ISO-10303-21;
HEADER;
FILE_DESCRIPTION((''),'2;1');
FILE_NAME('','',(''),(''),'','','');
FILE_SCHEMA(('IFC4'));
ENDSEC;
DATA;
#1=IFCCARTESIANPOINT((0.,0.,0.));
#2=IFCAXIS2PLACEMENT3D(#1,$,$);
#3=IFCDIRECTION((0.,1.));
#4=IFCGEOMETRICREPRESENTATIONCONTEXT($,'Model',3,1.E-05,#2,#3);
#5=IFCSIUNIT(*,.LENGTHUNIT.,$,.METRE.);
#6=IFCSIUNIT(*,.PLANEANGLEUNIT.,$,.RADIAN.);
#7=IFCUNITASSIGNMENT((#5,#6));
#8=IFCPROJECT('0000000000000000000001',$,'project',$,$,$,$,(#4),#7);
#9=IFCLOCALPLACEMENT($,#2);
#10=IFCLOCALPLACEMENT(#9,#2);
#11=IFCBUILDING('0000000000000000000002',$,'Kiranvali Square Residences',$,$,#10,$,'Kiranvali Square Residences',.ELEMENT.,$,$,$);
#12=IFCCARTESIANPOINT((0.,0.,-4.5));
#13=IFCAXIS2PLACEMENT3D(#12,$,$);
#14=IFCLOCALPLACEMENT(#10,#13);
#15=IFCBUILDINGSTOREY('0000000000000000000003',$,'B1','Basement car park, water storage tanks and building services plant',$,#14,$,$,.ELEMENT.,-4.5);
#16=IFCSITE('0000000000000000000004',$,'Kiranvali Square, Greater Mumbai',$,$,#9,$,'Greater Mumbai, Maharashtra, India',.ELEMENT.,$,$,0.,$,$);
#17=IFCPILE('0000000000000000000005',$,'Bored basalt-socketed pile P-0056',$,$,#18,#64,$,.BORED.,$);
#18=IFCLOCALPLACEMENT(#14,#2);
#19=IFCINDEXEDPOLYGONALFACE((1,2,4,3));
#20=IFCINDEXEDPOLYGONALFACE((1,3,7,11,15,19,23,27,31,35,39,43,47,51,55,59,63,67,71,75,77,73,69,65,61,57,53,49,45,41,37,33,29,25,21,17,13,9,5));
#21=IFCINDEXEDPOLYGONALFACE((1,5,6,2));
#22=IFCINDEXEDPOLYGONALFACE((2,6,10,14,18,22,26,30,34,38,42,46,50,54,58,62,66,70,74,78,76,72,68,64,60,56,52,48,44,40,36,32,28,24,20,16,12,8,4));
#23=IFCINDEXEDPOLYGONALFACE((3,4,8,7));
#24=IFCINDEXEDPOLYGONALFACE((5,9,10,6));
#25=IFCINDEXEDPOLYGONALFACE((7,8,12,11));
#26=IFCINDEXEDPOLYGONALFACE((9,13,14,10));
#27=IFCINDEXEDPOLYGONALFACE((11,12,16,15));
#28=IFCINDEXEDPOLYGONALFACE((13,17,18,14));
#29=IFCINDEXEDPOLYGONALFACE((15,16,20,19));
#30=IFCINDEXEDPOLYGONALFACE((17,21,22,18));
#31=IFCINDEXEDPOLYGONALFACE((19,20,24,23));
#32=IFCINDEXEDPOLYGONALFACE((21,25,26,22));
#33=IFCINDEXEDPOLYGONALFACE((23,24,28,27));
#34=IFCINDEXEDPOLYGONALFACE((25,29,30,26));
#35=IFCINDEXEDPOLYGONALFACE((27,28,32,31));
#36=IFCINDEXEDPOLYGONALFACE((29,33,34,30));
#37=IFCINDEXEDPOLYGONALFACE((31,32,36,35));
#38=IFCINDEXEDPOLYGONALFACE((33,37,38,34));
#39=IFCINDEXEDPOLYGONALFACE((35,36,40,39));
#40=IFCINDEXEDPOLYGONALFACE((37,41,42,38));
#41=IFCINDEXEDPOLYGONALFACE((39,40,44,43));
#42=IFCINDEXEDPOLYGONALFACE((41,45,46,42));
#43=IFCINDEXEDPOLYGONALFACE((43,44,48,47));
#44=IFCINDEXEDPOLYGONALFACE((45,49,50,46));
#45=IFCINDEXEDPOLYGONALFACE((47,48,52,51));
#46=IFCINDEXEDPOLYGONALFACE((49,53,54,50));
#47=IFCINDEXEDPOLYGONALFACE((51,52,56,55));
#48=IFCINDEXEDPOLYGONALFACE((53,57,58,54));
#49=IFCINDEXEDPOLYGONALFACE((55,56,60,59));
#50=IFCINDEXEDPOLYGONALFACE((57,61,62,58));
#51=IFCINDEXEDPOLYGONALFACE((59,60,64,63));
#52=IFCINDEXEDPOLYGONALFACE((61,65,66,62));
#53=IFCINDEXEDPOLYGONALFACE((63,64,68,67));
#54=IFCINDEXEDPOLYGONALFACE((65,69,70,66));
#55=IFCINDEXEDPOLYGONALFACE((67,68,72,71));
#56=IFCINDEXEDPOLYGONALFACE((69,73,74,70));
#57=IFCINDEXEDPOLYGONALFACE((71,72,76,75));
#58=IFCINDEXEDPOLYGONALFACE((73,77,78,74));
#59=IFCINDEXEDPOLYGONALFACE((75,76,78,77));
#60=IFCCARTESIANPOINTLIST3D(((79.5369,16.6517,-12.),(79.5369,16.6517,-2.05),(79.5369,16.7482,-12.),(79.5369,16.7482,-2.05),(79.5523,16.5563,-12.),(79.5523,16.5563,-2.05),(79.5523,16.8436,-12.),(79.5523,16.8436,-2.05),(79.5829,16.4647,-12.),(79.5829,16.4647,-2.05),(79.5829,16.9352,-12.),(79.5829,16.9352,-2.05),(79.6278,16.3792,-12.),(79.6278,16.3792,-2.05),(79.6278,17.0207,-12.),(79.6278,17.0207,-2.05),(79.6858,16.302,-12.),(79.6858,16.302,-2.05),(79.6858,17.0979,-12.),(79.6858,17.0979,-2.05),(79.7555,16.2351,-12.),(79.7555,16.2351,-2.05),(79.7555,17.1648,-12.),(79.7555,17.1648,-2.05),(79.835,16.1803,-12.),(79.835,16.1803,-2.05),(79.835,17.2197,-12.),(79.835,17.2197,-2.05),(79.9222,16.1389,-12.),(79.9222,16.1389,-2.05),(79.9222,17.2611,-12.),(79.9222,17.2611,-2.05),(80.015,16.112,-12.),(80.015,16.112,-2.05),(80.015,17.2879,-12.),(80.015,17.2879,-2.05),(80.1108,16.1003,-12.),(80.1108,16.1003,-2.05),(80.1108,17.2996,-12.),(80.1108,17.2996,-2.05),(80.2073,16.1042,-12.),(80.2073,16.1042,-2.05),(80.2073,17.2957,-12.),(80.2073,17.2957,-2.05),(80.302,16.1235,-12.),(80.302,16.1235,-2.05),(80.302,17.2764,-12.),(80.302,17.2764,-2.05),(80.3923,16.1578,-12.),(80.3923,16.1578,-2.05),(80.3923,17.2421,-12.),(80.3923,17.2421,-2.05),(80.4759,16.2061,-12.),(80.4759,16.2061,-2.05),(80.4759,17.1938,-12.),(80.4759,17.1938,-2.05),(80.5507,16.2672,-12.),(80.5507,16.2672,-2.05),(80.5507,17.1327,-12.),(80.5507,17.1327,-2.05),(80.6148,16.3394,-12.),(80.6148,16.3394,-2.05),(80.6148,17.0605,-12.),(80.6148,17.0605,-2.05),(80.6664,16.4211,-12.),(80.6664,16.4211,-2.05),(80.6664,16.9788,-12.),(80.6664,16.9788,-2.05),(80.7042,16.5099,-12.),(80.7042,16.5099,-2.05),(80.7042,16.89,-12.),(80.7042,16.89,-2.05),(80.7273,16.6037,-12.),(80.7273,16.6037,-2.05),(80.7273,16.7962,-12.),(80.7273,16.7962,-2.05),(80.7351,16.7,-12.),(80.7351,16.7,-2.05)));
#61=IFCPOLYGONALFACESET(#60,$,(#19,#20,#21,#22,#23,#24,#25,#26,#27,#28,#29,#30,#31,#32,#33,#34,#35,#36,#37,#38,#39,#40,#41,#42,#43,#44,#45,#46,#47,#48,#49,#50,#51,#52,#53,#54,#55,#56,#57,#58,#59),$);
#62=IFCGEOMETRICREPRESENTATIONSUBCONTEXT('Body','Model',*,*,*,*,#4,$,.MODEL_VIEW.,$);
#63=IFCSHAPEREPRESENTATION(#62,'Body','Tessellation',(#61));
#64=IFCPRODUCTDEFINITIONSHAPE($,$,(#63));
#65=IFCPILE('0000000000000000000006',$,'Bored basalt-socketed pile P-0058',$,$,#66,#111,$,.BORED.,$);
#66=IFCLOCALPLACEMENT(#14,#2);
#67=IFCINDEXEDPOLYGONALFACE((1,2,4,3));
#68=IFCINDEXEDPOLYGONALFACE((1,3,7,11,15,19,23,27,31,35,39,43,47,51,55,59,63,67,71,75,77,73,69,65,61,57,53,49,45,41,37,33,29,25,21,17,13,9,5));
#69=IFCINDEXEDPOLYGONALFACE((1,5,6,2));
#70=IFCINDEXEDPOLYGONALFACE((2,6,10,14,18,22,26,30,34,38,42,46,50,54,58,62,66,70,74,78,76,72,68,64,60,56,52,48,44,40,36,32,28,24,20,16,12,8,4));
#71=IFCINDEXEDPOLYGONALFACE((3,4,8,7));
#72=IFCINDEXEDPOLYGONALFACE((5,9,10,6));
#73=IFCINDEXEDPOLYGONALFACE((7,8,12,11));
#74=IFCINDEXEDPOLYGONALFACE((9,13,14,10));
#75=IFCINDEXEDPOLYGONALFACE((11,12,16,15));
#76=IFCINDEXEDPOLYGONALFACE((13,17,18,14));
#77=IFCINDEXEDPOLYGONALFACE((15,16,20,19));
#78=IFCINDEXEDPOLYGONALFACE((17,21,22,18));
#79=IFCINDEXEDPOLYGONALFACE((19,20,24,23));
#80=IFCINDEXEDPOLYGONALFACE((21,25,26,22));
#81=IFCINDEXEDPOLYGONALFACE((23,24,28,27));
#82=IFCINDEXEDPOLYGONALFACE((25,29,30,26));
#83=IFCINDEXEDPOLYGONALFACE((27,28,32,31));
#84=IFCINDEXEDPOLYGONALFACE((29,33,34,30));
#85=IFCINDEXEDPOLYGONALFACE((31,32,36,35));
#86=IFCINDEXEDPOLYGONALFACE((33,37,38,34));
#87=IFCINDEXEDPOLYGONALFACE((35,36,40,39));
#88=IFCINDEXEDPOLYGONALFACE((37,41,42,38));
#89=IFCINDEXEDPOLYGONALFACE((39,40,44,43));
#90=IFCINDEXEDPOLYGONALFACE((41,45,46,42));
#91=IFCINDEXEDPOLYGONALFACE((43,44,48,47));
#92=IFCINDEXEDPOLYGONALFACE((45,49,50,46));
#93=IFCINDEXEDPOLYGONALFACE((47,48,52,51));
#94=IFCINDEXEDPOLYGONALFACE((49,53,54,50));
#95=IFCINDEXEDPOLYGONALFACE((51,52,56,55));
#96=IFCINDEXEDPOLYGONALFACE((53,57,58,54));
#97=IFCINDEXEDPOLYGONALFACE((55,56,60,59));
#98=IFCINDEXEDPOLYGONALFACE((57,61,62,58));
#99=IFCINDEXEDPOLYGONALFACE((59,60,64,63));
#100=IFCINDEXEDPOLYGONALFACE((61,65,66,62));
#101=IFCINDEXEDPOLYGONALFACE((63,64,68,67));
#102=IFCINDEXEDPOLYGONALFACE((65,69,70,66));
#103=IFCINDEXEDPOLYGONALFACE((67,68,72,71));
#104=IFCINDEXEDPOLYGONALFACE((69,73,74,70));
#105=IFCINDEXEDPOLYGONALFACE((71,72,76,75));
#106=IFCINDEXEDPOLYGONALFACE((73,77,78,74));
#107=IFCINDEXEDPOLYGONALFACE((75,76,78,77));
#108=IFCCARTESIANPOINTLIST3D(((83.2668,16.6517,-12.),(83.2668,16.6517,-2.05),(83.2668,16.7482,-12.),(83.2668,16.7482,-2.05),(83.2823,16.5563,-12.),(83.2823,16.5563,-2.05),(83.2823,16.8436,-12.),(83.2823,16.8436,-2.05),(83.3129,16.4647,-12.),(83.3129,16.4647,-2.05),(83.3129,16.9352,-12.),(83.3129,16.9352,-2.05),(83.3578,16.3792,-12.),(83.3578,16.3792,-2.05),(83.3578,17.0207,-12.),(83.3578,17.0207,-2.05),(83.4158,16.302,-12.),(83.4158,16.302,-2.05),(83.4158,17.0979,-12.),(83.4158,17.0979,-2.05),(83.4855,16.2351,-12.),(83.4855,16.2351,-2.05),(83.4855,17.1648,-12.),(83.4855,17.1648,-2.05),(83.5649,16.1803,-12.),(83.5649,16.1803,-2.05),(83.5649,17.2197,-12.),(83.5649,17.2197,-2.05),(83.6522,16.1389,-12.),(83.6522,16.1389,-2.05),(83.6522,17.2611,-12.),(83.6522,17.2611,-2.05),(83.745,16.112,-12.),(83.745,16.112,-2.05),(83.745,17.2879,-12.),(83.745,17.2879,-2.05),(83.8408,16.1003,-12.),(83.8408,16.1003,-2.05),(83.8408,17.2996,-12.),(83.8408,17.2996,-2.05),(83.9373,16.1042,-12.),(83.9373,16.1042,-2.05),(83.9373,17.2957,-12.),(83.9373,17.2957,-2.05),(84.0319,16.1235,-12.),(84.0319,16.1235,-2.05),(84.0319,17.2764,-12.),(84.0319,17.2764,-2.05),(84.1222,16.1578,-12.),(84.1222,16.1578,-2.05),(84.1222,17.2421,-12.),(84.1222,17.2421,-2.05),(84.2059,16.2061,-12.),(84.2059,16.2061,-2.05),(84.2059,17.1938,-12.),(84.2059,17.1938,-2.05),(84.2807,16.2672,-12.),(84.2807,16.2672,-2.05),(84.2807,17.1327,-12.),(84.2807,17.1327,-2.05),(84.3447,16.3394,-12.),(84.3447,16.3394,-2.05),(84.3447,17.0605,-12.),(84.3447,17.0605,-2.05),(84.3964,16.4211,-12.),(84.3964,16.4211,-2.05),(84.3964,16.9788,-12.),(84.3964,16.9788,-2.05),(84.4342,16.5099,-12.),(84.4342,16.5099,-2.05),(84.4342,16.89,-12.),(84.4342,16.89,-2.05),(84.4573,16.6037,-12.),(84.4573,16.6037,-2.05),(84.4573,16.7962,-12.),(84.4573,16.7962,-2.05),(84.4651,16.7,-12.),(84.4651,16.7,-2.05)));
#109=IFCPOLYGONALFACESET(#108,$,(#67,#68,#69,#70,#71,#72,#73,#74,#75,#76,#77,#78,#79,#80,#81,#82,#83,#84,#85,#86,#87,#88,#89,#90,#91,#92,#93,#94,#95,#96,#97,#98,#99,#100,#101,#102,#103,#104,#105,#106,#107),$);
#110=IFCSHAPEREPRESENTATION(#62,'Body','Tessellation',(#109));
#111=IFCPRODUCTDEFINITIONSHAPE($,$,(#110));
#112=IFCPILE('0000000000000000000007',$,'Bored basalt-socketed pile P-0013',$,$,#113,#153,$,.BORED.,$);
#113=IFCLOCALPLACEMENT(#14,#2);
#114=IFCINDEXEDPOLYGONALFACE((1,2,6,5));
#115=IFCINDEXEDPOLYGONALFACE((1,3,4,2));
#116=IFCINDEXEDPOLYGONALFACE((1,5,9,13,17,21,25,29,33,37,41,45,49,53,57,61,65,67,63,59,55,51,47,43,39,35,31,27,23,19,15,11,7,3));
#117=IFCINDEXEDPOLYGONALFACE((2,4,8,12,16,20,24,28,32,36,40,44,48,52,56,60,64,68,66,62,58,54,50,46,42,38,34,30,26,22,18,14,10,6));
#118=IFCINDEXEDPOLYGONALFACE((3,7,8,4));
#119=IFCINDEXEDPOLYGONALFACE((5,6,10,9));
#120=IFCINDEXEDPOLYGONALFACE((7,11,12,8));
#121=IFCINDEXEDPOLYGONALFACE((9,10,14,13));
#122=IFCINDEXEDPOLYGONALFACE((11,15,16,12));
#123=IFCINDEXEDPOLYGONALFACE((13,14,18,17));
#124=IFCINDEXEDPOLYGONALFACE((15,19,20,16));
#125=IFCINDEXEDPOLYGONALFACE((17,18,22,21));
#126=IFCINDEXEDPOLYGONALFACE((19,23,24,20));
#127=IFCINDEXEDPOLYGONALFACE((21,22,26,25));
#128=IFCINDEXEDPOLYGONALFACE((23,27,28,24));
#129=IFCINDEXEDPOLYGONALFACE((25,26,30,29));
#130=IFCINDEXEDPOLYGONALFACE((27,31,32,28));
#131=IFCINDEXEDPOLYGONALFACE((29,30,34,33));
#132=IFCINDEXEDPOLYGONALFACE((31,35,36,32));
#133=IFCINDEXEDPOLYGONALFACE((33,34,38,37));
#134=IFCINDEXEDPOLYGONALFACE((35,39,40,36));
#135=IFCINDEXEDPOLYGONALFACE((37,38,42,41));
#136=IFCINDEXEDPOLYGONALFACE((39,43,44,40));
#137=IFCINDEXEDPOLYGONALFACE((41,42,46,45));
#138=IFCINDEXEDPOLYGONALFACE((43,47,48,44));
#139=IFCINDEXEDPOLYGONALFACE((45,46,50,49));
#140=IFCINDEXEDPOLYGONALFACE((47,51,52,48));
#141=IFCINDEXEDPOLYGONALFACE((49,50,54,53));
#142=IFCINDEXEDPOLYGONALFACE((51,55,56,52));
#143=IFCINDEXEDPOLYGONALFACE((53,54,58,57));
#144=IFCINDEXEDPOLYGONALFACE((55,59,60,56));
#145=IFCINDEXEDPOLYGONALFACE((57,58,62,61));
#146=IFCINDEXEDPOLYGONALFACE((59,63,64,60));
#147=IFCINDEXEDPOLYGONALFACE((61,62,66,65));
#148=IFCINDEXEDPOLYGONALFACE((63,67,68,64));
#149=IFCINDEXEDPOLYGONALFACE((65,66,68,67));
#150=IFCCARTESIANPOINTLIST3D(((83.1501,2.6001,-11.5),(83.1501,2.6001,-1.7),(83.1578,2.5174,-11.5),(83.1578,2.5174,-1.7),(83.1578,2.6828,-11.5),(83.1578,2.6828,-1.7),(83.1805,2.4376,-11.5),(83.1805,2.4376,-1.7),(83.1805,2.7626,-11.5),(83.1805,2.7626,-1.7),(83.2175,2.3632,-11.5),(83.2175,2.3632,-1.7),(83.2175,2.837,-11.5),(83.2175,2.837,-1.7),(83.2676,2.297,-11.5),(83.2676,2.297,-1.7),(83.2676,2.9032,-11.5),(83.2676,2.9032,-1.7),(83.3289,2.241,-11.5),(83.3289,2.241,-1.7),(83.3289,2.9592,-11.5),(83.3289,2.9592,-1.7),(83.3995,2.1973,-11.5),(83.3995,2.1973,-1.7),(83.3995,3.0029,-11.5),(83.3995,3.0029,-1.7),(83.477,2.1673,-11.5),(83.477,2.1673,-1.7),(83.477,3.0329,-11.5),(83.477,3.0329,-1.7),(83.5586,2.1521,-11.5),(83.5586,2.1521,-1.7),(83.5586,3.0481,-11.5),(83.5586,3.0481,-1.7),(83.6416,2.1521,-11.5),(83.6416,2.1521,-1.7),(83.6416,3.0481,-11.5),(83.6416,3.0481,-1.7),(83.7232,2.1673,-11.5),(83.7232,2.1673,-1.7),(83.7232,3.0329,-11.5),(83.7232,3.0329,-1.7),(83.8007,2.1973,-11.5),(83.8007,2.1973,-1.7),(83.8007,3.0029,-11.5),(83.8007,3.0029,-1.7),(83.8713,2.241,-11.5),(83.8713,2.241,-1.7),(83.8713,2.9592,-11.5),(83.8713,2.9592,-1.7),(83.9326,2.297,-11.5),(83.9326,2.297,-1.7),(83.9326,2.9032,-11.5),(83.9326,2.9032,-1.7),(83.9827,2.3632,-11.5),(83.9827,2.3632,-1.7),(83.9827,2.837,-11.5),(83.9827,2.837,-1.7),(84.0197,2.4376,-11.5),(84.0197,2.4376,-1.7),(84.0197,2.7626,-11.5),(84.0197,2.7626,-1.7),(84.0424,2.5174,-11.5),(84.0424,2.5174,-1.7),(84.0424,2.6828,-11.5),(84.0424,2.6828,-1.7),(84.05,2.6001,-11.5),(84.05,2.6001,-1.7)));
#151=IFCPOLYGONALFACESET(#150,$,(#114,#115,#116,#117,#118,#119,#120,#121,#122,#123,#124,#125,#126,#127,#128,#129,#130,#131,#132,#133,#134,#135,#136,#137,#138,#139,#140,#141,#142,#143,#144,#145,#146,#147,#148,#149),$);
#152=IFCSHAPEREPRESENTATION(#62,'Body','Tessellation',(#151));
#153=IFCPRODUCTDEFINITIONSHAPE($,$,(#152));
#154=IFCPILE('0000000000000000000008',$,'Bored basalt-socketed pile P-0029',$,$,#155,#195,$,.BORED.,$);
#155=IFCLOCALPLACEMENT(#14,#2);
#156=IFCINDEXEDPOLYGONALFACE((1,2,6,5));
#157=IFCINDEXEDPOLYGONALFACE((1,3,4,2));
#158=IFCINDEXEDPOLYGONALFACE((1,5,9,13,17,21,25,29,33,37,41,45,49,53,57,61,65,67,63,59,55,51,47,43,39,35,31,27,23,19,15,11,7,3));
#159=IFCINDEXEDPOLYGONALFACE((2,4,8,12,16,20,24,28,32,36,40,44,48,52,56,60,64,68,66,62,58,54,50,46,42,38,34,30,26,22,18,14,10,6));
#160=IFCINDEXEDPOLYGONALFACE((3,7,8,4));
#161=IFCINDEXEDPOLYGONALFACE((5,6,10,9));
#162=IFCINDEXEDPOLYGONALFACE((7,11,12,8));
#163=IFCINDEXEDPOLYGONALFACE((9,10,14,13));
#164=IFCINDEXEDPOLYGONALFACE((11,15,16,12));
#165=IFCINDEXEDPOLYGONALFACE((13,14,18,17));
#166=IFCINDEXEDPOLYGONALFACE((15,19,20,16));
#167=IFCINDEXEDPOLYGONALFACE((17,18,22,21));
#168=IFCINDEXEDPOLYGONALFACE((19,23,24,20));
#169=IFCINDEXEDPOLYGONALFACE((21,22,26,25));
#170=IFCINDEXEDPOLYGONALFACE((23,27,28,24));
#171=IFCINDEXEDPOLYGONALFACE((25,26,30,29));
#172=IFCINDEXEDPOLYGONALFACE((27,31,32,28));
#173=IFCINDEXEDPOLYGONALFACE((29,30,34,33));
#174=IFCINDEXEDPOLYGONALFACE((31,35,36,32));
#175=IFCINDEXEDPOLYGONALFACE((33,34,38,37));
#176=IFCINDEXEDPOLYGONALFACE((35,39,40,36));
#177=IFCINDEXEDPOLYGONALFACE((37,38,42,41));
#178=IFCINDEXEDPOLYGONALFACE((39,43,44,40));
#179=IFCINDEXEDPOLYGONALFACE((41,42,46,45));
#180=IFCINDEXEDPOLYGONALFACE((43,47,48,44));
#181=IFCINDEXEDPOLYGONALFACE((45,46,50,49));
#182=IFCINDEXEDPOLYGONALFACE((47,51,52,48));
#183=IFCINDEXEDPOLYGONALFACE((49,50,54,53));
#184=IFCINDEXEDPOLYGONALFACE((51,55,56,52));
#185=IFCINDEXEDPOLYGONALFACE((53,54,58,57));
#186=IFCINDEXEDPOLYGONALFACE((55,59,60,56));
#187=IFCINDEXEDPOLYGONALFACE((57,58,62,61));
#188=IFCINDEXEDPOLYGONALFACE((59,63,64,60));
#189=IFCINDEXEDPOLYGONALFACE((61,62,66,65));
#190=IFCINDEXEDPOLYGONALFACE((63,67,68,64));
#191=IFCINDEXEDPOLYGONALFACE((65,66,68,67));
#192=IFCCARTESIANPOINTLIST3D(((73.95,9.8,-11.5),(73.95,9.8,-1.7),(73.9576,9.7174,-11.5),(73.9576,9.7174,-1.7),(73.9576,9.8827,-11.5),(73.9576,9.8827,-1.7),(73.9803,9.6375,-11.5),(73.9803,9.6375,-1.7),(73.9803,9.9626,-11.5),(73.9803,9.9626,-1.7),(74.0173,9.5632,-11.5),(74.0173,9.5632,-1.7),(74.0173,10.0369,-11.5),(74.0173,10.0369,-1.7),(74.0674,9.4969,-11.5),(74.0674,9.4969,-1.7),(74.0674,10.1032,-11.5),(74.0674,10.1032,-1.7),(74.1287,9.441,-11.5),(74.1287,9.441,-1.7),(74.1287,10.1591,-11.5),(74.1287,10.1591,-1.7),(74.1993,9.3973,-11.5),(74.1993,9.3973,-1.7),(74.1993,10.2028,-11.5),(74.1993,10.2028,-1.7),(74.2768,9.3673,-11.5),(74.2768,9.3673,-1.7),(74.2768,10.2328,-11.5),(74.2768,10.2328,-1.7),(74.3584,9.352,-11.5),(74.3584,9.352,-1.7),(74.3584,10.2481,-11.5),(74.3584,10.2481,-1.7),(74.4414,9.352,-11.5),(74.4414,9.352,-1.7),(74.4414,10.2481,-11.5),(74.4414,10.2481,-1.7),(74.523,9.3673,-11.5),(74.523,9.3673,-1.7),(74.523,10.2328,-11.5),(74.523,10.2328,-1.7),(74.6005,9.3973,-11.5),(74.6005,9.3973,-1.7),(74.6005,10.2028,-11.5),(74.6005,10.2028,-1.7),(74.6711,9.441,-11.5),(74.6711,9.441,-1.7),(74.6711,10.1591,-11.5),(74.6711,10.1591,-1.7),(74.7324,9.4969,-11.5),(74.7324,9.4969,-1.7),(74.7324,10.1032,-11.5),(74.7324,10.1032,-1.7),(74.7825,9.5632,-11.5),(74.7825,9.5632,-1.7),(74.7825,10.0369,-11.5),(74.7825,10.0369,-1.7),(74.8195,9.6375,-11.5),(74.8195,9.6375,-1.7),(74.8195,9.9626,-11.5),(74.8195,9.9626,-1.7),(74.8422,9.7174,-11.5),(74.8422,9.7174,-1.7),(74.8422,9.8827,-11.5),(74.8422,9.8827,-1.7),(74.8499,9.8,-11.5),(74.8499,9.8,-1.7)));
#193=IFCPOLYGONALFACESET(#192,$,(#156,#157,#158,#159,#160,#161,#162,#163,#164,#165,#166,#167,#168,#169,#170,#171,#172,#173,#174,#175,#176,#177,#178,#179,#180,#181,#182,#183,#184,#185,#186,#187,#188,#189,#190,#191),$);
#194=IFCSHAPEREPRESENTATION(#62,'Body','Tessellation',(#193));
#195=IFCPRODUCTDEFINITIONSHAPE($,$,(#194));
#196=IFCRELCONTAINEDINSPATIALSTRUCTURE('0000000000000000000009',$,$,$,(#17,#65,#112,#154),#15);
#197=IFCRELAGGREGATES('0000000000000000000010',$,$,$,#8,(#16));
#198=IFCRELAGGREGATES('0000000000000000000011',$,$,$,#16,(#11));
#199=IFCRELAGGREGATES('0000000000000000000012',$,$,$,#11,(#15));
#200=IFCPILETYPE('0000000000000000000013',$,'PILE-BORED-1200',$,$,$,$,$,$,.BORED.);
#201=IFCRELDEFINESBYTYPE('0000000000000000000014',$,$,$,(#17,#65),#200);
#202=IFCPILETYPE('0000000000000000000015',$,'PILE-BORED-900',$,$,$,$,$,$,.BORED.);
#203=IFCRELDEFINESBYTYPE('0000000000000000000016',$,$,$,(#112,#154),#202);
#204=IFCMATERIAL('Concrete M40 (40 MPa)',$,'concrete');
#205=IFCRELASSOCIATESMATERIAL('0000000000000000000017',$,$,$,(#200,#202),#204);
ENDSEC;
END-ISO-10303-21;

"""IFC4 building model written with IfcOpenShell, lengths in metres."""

from ifc_helpers import new_model, si_unit, direction, frame, origin, origin_2d, place, context, subcontext, project, spatial, circle, extrude, material, material_profile, profile_set, type_object, element, save


model = new_model("IFC4")

# Units and contexts
model_context = context("Model", 3, precision=1e-05, world=origin(), true_north=direction((0.0, 1.0)))
body_context = subcontext(model_context, "Body", "Model", "MODEL_VIEW")
ifc_project = project(units=[si_unit("LENGTHUNIT", "METRE"), si_unit("PLANEANGLEUNIT", "RADIAN")], contexts=[model_context])

# Site, building, storey
site_placement = place(None, origin())
site = spatial("IfcSite", under=ifc_project, at=site_placement, Name="Kiranvali Square, Greater Mumbai", LongName="Greater Mumbai, Maharashtra, India", CompositionType="ELEMENT", RefElevation=0.0)
building_placement = place(site_placement, origin())
building = spatial("IfcBuilding", under=site, at=building_placement, Name="Kiranvali Square Residences", LongName="Kiranvali Square Residences", CompositionType="ELEMENT")
storey_placement = place(building_placement, frame((0.0, 0.0, -4.5)))
storey = spatial("IfcBuildingStorey", under=building, at=storey_placement, Name="B1", Description="Basement car park, water storage tanks and building services plant", CompositionType="ELEMENT", Elevation=-4.5)

# Shared definitions
ifc_material_1 = material(Name="Concrete M40 (40 MPa)", Category="concrete")

# Piles
ifc_material_profile_1 = material_profile(ifc_material_1, circle(Radius=0.6001, at=origin_2d()), Name="BORED PILE 1200")
ifc_profile_set_1 = profile_set([ifc_material_profile_1], Name="Concrete M40 (40 MPa)")
pile_type_1 = type_object("IfcPileType", Name="PILE-BORED-1200", PredefinedType="BORED", material=ifc_profile_set_1)
for number, where, z_axis, x_axis, name in (
    (1, (80.135, 16.7, -2.05), (0.0, 0.0, -1.0), (1.0, 0.0, 0.0), "Bored basalt-socketed pile P-0056"),
    (2, (83.865, 16.7, -2.05), (0.0, 0.0, -1.0), (1.0, 0.0, 0.0), "Bored basalt-socketed pile P-0058"),
):
    element("IfcPile", number, at=place(storey_placement, frame(where, z_axis=z_axis, x_axis=x_axis)), inside=storey, type_object=pile_type_1, Name=name, PredefinedType="BORED", context=body_context, shape_type="SweptSolid", body=[
        extrude(circle(Radius=0.6001, at=origin_2d()), origin(), (0.0, 0.0, 1.0), 9.95),
    ])
ifc_material_profile_2 = material_profile(ifc_material_1, circle(Radius=0.45, at=origin_2d()), Name="BORED PILE 900")
ifc_profile_set_2 = profile_set([ifc_material_profile_2], Name="Concrete M40 (40 MPa)")
pile_type_2 = type_object("IfcPileType", Name="PILE-BORED-900", PredefinedType="BORED", material=ifc_profile_set_2)
for number, where, z_axis, x_axis, name in (
    (3, (83.6001, 2.6001, -1.7), (0.0, 0.0, -1.0), (1.0, 0.0, 0.0), "Bored basalt-socketed pile P-0013"),
    (4, (74.3999, 9.8, -1.7), (0.0, 0.0, -1.0), (1.0, 0.0, 0.0), "Bored basalt-socketed pile P-0029"),
):
    element("IfcPile", number, at=place(storey_placement, frame(where, z_axis=z_axis, x_axis=x_axis)), inside=storey, type_object=pile_type_2, Name=name, PredefinedType="BORED", context=body_context, shape_type="SweptSolid", body=[
        extrude(circle(Radius=0.45, at=origin_2d()), origin(), (0.0, 0.0, 1.0), 9.8),
    ])

save(model, "model.ifc")
